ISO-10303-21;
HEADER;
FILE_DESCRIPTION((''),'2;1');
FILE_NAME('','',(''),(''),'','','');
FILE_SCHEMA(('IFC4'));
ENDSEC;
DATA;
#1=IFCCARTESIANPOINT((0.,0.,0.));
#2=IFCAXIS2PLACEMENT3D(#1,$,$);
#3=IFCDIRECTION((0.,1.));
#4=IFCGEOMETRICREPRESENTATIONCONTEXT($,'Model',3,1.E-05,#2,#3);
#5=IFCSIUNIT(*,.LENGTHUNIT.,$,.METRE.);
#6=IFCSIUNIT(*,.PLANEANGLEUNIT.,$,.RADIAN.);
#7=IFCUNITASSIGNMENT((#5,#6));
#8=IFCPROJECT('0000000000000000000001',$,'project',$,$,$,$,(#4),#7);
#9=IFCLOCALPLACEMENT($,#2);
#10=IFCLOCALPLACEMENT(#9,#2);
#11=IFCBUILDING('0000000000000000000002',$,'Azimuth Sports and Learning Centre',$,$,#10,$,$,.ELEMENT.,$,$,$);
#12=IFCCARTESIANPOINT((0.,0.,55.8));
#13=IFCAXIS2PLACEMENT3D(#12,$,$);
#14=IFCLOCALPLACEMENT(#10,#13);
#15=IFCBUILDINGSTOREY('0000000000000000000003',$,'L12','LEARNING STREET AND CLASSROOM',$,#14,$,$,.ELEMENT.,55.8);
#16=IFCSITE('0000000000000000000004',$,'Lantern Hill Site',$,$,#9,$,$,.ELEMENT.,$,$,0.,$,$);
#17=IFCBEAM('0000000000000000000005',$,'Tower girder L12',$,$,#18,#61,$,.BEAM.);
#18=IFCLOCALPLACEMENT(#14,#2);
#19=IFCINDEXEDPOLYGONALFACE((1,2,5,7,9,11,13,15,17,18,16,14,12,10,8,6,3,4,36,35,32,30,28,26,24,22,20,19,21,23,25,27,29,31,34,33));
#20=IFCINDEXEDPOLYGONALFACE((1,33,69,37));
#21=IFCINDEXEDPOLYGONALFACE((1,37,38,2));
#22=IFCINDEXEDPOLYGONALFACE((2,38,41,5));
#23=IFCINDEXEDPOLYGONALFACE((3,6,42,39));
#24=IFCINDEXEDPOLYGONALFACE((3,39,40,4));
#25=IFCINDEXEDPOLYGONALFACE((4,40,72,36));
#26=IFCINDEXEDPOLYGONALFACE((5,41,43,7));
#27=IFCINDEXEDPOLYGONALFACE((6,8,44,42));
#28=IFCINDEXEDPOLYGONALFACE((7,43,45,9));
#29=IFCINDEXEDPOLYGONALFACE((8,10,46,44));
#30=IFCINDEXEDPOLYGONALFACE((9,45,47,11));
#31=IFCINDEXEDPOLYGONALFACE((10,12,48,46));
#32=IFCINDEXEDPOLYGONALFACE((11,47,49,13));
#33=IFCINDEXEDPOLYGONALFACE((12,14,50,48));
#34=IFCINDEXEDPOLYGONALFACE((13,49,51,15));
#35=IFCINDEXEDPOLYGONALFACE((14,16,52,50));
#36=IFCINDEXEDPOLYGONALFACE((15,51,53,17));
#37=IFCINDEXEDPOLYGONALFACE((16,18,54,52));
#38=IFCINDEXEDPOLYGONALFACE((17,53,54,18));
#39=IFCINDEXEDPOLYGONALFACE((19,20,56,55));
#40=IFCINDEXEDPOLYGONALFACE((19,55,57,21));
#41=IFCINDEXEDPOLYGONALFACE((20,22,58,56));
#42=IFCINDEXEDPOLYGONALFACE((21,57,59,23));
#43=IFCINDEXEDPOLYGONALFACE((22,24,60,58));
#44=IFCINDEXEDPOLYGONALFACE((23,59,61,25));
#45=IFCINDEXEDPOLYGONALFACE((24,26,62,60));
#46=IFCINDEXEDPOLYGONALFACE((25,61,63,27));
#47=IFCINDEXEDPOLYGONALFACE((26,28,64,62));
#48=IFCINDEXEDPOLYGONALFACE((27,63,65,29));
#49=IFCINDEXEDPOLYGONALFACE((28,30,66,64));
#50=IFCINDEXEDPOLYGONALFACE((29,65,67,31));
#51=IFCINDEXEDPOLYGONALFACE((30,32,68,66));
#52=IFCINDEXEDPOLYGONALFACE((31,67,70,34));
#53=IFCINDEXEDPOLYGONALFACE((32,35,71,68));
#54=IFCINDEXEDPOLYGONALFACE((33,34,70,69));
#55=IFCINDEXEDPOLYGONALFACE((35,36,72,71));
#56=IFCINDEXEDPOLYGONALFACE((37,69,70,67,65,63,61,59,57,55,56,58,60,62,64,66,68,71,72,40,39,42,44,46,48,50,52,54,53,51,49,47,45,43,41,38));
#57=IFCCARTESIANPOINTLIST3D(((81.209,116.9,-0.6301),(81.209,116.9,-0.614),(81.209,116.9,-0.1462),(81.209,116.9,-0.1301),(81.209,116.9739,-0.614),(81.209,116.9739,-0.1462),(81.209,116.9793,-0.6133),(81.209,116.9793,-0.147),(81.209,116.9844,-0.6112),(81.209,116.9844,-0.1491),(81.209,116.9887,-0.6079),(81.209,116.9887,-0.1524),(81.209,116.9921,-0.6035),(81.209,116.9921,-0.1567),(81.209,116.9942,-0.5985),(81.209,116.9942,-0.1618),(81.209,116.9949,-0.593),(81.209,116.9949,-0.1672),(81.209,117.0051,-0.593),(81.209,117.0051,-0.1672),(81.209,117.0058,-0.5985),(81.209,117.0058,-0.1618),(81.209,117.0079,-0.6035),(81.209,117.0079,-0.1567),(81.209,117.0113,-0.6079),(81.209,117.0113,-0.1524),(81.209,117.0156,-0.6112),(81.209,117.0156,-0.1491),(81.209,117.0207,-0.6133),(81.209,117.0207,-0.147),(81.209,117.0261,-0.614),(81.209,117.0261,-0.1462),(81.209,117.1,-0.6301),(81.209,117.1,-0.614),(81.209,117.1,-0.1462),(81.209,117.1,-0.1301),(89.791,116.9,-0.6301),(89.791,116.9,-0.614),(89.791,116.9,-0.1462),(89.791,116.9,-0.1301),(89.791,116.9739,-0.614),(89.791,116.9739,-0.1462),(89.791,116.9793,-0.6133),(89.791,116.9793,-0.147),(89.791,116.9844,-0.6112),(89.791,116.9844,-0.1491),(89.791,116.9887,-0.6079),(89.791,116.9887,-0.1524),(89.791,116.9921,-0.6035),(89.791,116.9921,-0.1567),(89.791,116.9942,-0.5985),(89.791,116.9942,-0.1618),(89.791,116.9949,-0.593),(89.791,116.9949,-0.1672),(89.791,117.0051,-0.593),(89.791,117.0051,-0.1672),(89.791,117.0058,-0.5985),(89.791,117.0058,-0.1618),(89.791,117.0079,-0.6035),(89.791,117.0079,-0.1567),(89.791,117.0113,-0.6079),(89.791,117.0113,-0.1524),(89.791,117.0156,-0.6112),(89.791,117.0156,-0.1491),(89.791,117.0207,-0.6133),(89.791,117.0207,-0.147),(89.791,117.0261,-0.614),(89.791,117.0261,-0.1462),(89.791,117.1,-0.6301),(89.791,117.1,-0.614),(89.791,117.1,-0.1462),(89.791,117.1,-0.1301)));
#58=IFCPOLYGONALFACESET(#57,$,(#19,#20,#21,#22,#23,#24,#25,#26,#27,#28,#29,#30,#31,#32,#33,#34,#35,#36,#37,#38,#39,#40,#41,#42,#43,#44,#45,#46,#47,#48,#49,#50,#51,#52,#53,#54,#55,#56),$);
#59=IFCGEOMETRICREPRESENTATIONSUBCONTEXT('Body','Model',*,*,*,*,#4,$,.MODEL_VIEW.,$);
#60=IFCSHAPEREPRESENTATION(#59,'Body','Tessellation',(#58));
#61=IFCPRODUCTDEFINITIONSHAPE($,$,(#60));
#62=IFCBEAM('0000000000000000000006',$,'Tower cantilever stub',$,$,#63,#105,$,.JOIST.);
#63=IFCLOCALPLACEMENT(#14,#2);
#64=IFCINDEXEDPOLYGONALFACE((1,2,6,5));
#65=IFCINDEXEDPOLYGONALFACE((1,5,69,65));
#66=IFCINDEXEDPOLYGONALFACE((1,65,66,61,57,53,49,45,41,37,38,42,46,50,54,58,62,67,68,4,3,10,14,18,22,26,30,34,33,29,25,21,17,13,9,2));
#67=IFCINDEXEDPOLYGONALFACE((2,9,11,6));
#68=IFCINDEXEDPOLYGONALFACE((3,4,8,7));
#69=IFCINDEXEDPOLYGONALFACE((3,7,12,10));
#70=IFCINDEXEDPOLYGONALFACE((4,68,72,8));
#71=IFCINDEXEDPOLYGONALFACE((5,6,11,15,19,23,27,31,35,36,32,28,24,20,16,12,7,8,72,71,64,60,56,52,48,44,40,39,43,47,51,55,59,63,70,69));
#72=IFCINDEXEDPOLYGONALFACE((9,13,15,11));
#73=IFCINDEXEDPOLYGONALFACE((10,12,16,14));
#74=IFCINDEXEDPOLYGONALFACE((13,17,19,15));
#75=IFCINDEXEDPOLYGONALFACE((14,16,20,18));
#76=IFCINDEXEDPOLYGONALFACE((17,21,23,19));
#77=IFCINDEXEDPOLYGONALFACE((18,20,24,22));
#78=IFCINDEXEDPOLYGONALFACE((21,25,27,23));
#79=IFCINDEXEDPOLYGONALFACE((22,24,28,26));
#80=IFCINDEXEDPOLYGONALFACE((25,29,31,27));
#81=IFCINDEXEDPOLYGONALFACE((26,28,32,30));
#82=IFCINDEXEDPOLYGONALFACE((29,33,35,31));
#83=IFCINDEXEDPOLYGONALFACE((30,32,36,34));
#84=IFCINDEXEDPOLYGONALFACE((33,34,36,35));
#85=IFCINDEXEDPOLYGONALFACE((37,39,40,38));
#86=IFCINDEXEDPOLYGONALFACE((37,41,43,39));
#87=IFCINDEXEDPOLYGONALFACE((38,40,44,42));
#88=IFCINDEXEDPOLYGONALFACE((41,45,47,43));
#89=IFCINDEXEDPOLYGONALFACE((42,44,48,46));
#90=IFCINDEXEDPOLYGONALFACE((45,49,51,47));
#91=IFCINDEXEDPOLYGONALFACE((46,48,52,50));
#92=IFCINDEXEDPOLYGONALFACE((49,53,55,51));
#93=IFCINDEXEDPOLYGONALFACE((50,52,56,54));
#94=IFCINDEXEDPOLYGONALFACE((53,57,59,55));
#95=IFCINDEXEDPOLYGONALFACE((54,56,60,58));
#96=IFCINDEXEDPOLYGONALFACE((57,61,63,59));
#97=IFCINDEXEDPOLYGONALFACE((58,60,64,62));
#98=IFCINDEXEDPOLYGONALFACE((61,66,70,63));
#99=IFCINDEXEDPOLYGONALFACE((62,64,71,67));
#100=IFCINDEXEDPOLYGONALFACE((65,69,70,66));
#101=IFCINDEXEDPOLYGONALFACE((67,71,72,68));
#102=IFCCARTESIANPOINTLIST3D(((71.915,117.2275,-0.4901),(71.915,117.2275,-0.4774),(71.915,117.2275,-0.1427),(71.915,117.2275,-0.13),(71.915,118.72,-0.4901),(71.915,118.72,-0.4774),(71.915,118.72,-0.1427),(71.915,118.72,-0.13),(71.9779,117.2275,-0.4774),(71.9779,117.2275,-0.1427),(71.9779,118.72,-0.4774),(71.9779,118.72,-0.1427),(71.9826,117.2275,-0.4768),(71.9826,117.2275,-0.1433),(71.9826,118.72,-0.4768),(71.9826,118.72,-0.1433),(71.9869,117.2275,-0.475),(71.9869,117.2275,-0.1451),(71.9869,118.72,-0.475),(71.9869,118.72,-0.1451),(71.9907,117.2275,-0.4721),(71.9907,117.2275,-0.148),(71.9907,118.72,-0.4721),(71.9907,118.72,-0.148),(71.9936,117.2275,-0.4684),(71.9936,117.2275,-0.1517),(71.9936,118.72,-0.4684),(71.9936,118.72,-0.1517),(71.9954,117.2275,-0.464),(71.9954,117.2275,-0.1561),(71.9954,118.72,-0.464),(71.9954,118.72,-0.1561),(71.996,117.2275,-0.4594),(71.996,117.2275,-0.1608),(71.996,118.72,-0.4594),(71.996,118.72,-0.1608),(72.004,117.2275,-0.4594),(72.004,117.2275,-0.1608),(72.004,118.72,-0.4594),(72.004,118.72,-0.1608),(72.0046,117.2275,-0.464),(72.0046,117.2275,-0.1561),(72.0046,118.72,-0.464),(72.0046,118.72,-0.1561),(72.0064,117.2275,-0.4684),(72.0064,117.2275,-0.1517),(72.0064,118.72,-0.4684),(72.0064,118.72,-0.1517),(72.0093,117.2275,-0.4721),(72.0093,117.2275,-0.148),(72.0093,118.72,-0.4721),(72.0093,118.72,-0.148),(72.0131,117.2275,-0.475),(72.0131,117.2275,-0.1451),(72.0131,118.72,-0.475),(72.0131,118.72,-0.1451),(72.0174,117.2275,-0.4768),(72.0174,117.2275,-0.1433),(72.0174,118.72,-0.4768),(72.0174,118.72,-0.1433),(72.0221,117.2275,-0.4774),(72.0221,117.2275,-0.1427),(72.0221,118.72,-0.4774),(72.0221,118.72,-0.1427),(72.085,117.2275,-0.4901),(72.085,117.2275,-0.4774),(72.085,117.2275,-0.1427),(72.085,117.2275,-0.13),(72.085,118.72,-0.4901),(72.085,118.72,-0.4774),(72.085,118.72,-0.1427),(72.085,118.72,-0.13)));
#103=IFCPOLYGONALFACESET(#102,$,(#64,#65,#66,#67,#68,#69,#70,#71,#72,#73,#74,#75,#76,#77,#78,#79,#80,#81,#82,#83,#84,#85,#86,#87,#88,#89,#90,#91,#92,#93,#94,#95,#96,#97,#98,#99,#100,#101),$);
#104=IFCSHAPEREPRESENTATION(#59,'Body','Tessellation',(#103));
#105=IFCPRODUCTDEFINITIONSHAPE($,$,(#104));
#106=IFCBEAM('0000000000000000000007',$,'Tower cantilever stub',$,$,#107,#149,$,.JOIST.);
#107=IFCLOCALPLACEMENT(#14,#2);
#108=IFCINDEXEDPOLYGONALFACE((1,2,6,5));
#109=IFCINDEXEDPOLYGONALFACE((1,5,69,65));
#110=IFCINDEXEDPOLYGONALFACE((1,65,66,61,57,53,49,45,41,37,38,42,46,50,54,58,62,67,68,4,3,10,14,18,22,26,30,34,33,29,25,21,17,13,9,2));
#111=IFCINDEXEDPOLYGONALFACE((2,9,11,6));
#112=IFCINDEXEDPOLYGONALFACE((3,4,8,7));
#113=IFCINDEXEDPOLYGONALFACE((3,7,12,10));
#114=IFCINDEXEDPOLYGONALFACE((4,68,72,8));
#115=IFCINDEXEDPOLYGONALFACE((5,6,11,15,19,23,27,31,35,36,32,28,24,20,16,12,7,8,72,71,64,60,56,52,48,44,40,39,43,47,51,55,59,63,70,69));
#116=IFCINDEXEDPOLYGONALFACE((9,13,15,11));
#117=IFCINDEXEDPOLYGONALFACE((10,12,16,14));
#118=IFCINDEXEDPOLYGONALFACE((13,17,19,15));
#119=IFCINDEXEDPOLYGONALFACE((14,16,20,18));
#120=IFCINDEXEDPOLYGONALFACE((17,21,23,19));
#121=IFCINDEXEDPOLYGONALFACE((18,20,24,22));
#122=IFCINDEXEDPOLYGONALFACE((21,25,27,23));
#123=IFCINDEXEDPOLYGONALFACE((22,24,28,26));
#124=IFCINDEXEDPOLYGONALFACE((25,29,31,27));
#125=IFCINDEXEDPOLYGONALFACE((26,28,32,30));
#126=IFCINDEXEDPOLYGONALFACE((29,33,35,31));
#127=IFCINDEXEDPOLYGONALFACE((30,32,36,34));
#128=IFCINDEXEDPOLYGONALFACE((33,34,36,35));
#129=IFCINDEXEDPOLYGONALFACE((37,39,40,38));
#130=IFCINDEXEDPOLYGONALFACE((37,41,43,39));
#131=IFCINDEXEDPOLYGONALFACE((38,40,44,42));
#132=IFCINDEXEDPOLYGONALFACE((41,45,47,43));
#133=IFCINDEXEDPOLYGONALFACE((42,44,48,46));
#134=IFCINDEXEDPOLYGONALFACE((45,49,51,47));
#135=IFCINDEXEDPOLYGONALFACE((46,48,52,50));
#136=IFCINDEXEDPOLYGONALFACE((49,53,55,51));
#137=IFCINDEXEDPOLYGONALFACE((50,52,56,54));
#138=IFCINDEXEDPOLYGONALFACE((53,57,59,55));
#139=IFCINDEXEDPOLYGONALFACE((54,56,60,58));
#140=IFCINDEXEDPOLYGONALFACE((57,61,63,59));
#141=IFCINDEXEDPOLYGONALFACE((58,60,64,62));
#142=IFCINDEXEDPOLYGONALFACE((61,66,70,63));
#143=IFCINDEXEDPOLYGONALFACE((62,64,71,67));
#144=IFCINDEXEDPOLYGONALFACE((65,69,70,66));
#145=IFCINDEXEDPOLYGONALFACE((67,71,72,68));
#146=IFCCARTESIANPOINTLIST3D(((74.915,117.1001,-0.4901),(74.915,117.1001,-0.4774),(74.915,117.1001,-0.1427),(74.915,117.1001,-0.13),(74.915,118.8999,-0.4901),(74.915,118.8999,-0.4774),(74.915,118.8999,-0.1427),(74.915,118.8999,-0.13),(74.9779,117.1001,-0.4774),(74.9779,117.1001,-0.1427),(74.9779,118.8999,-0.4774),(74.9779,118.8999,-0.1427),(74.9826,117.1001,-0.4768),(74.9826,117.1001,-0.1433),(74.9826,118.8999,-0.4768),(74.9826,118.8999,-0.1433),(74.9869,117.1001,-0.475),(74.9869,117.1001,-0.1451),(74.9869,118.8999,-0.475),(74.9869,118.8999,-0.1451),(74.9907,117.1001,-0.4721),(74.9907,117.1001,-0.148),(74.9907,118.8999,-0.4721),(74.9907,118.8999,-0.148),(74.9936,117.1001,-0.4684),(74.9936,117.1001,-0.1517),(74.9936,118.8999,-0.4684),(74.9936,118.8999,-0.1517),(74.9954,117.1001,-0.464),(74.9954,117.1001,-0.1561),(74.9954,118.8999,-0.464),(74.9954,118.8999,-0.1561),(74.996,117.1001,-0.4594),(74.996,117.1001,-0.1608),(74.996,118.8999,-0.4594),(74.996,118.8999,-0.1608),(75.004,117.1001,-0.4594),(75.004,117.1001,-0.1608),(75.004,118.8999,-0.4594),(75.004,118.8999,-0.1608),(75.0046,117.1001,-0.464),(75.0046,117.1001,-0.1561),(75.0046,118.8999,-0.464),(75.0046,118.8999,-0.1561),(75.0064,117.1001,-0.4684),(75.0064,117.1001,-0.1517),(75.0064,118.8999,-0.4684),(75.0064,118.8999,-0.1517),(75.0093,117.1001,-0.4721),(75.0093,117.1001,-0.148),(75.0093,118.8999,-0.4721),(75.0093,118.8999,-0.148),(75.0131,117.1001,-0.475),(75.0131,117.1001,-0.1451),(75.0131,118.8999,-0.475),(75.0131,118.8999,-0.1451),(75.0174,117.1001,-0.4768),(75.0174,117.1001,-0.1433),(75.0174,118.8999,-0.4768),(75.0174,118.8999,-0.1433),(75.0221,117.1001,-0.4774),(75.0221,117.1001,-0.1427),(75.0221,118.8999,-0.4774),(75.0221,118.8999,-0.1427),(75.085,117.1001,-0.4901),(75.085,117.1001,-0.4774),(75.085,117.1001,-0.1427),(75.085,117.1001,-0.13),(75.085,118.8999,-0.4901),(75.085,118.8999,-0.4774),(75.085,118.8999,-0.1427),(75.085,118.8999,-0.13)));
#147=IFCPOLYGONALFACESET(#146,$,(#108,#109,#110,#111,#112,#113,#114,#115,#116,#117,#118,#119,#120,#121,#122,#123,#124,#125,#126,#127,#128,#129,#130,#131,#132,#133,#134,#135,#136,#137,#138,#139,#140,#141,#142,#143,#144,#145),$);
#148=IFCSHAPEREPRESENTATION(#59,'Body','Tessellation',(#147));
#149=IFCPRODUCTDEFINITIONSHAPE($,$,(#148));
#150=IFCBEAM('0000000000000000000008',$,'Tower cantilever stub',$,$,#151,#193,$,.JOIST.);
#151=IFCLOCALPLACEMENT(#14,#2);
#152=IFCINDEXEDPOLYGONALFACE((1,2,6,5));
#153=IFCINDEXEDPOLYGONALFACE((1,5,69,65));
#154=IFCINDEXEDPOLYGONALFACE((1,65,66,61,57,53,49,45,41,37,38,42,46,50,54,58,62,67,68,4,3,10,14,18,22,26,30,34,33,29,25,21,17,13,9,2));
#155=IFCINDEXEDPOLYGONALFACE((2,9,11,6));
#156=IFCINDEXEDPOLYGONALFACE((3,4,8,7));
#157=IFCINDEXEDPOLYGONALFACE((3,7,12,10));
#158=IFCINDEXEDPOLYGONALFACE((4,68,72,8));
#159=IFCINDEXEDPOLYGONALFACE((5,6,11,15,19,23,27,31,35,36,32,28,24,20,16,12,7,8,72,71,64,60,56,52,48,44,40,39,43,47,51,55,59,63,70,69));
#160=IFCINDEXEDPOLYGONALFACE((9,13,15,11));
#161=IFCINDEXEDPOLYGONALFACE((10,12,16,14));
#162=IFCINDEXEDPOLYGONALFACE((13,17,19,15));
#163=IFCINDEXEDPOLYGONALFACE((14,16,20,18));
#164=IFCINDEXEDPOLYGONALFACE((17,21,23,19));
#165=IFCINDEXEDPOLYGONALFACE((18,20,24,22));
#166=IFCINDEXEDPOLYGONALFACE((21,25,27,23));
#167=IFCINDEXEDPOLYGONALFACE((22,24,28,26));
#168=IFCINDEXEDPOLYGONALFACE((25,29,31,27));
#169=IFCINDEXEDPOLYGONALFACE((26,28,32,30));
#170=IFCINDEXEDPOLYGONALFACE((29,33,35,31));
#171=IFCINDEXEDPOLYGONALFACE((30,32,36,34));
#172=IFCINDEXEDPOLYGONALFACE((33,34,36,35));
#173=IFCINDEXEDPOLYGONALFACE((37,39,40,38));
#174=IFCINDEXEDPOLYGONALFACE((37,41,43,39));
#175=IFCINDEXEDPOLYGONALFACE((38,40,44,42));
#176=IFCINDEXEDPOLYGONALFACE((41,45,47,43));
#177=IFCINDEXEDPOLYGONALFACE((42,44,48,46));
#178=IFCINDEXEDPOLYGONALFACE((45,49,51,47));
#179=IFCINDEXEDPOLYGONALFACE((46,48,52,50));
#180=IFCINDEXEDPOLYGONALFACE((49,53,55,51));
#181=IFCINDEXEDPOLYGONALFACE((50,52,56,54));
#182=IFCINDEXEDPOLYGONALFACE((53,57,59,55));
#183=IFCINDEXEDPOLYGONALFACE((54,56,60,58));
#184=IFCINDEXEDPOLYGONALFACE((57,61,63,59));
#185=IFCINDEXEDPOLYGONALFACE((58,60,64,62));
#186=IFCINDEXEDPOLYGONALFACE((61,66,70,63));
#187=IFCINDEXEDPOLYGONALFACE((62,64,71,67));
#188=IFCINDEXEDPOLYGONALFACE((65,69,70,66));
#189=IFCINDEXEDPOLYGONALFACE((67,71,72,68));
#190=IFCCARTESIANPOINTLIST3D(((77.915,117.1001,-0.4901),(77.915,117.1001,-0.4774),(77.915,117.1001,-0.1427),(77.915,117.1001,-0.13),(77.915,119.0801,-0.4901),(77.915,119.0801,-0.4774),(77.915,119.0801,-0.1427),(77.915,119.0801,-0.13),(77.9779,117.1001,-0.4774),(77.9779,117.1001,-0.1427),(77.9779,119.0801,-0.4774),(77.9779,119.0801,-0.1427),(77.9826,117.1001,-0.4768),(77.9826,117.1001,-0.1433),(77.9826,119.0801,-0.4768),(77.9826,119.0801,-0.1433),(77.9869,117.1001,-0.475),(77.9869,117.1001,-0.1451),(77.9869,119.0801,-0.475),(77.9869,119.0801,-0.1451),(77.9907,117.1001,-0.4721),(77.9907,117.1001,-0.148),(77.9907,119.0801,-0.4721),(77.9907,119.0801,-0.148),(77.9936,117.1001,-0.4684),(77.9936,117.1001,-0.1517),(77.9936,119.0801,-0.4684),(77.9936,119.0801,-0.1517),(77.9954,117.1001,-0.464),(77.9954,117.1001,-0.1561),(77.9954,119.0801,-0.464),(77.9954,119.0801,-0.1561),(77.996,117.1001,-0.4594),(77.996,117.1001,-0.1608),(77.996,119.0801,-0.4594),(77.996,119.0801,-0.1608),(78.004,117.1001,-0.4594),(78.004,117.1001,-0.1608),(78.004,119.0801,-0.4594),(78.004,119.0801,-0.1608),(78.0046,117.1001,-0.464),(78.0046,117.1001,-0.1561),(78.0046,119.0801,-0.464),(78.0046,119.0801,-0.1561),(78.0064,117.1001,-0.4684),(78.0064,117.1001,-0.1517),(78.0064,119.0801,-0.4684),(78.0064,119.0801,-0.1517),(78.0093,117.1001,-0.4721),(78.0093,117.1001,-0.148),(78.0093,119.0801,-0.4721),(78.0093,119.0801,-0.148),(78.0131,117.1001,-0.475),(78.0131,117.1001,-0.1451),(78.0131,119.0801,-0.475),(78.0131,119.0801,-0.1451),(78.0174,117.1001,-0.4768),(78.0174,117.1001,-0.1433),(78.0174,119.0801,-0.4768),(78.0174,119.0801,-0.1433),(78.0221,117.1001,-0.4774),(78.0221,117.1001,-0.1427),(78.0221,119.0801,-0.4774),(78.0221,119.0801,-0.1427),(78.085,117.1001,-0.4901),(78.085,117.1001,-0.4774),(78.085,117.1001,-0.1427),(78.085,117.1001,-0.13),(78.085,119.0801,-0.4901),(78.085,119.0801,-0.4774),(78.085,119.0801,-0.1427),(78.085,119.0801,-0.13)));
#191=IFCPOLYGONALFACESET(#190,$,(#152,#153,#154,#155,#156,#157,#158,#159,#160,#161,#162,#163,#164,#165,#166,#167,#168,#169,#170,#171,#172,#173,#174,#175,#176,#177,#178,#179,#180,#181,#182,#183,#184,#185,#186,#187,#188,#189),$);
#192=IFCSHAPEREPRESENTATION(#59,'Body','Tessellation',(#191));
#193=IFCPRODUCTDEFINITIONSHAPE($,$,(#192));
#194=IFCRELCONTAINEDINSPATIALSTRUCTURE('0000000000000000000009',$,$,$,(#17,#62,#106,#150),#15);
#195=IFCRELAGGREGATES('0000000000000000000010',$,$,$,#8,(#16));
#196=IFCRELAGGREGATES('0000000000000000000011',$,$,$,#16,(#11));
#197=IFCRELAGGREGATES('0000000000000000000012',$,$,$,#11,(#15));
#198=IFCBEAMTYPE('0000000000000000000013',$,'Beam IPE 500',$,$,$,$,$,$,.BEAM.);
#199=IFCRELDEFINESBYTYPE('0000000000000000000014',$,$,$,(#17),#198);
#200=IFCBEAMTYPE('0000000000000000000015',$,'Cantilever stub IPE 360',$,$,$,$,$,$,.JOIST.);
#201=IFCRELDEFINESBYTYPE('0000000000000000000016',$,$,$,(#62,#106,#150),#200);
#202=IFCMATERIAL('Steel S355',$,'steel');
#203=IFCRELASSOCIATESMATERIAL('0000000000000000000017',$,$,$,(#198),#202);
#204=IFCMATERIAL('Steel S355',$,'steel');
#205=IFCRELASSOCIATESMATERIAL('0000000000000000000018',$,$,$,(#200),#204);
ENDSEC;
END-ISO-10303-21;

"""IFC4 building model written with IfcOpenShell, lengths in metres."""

from ifc_helpers import new_model, si_unit, direction, frame, origin, origin_2d, place, context, subcontext, project, spatial, i_section, extrude, material, material_profile, profile_set, type_object, element, save


model = new_model("IFC4")

# Units and contexts
model_context = context("Model", 3, precision=1e-05, world=origin(), true_north=direction((0.0, 1.0)))
body_context = subcontext(model_context, "Body", "Model", "MODEL_VIEW")
ifc_project = project(units=[si_unit("LENGTHUNIT", "METRE"), si_unit("PLANEANGLEUNIT", "RADIAN")], contexts=[model_context])

# Site, building, storey
site_placement = place(None, origin())
site = spatial("IfcSite", under=ifc_project, at=site_placement, Name="Lantern Hill Site", CompositionType="ELEMENT", RefElevation=0.0)
building_placement = place(site_placement, origin())
building = spatial("IfcBuilding", under=site, at=building_placement, Name="Azimuth Sports and Learning Centre", CompositionType="ELEMENT")
storey_placement = place(building_placement, frame((0.0, 0.0, 55.8)))
storey = spatial("IfcBuildingStorey", under=building, at=storey_placement, Name="L12", Description="LEARNING STREET AND CLASSROOM", CompositionType="ELEMENT", Elevation=55.8)

# Beams
ifc_material_1 = material(Name="Steel S355", Category="steel")
ifc_material_profile_1 = material_profile(ifc_material_1, i_section(OverallWidth=0.2, OverallDepth=0.5, WebThickness=0.0103, FlangeThickness=0.0161, FilletRadius=0.021, at=origin_2d()), Name="IPE 500")
ifc_profile_set_1 = profile_set([ifc_material_profile_1], Name="Steel S355")
beam_type_1 = type_object("IfcBeamType", Name="Beam IPE 500", PredefinedType="BEAM", material=ifc_profile_set_1)
beam_1_placement = place(storey_placement, frame((81.209, 117.0, -0.3801), z_axis=(1.0, 0.0, 0.0), x_axis=(0.0, 1.0, 0.0)))
element("IfcBeam", 1, at=beam_1_placement, inside=storey, type_object=beam_type_1, Name="Tower girder L12", PredefinedType="BEAM", context=body_context, shape_type="SweptSolid", body=[
    extrude(i_section(OverallWidth=0.2, OverallDepth=0.5, WebThickness=0.0103, FlangeThickness=0.0161, FilletRadius=0.021, at=origin_2d()), origin(), (0.0, 0.0, 1.0), 8.582),
])
ifc_material_2 = material(Name="Steel S355", Category="steel")
ifc_material_profile_2 = material_profile(ifc_material_2, i_section(OverallWidth=0.1699, OverallDepth=0.3601, WebThickness=0.0081, FlangeThickness=0.0127, FilletRadius=0.0181, at=origin_2d()), Name="IPE 360")
ifc_profile_set_2 = profile_set([ifc_material_profile_2], Name="Steel S355")
beam_type_2 = type_object("IfcBeamType", Name="Cantilever stub IPE 360", PredefinedType="JOIST", material=ifc_profile_set_2)
beam_2_placement = place(storey_placement, frame((72.0, 117.2275, -0.3101), z_axis=(0.0, 1.0, 0.0), x_axis=(-1.0, 0.0, 0.0)))
element("IfcBeam", 2, at=beam_2_placement, inside=storey, type_object=beam_type_2, Name="Tower cantilever stub", PredefinedType="JOIST", context=body_context, shape_type="SweptSolid", body=[
    extrude(i_section(OverallWidth=0.1699, OverallDepth=0.3601, WebThickness=0.0081, FlangeThickness=0.0127, FilletRadius=0.0181, at=origin_2d()), origin(), (0.0, 0.0, 1.0), 1.4924),
])
beam_3_placement = place(storey_placement, frame((75.0, 117.1001, -0.3101), z_axis=(0.0, 1.0, 0.0), x_axis=(-1.0, 0.0, 0.0)))
element("IfcBeam", 3, at=beam_3_placement, inside=storey, type_object=beam_type_2, Name="Tower cantilever stub", PredefinedType="JOIST", context=body_context, shape_type="SweptSolid", body=[
    extrude(i_section(OverallWidth=0.1699, OverallDepth=0.3601, WebThickness=0.0081, FlangeThickness=0.0127, FilletRadius=0.0181, at=origin_2d()), origin(), (0.0, 0.0, 1.0), 1.7998),
])
beam_4_placement = place(storey_placement, frame((78.0, 117.1001, -0.3101), z_axis=(0.0, 1.0, 0.0), x_axis=(-1.0, 0.0, 0.0)))
element("IfcBeam", 4, at=beam_4_placement, inside=storey, type_object=beam_type_2, Name="Tower cantilever stub", PredefinedType="JOIST", context=body_context, shape_type="SweptSolid", body=[
    extrude(i_section(OverallWidth=0.1699, OverallDepth=0.3601, WebThickness=0.0081, FlangeThickness=0.0127, FilletRadius=0.0181, at=origin_2d()), origin(), (0.0, 0.0, 1.0), 1.98),
])

save(model, "model.ifc")
